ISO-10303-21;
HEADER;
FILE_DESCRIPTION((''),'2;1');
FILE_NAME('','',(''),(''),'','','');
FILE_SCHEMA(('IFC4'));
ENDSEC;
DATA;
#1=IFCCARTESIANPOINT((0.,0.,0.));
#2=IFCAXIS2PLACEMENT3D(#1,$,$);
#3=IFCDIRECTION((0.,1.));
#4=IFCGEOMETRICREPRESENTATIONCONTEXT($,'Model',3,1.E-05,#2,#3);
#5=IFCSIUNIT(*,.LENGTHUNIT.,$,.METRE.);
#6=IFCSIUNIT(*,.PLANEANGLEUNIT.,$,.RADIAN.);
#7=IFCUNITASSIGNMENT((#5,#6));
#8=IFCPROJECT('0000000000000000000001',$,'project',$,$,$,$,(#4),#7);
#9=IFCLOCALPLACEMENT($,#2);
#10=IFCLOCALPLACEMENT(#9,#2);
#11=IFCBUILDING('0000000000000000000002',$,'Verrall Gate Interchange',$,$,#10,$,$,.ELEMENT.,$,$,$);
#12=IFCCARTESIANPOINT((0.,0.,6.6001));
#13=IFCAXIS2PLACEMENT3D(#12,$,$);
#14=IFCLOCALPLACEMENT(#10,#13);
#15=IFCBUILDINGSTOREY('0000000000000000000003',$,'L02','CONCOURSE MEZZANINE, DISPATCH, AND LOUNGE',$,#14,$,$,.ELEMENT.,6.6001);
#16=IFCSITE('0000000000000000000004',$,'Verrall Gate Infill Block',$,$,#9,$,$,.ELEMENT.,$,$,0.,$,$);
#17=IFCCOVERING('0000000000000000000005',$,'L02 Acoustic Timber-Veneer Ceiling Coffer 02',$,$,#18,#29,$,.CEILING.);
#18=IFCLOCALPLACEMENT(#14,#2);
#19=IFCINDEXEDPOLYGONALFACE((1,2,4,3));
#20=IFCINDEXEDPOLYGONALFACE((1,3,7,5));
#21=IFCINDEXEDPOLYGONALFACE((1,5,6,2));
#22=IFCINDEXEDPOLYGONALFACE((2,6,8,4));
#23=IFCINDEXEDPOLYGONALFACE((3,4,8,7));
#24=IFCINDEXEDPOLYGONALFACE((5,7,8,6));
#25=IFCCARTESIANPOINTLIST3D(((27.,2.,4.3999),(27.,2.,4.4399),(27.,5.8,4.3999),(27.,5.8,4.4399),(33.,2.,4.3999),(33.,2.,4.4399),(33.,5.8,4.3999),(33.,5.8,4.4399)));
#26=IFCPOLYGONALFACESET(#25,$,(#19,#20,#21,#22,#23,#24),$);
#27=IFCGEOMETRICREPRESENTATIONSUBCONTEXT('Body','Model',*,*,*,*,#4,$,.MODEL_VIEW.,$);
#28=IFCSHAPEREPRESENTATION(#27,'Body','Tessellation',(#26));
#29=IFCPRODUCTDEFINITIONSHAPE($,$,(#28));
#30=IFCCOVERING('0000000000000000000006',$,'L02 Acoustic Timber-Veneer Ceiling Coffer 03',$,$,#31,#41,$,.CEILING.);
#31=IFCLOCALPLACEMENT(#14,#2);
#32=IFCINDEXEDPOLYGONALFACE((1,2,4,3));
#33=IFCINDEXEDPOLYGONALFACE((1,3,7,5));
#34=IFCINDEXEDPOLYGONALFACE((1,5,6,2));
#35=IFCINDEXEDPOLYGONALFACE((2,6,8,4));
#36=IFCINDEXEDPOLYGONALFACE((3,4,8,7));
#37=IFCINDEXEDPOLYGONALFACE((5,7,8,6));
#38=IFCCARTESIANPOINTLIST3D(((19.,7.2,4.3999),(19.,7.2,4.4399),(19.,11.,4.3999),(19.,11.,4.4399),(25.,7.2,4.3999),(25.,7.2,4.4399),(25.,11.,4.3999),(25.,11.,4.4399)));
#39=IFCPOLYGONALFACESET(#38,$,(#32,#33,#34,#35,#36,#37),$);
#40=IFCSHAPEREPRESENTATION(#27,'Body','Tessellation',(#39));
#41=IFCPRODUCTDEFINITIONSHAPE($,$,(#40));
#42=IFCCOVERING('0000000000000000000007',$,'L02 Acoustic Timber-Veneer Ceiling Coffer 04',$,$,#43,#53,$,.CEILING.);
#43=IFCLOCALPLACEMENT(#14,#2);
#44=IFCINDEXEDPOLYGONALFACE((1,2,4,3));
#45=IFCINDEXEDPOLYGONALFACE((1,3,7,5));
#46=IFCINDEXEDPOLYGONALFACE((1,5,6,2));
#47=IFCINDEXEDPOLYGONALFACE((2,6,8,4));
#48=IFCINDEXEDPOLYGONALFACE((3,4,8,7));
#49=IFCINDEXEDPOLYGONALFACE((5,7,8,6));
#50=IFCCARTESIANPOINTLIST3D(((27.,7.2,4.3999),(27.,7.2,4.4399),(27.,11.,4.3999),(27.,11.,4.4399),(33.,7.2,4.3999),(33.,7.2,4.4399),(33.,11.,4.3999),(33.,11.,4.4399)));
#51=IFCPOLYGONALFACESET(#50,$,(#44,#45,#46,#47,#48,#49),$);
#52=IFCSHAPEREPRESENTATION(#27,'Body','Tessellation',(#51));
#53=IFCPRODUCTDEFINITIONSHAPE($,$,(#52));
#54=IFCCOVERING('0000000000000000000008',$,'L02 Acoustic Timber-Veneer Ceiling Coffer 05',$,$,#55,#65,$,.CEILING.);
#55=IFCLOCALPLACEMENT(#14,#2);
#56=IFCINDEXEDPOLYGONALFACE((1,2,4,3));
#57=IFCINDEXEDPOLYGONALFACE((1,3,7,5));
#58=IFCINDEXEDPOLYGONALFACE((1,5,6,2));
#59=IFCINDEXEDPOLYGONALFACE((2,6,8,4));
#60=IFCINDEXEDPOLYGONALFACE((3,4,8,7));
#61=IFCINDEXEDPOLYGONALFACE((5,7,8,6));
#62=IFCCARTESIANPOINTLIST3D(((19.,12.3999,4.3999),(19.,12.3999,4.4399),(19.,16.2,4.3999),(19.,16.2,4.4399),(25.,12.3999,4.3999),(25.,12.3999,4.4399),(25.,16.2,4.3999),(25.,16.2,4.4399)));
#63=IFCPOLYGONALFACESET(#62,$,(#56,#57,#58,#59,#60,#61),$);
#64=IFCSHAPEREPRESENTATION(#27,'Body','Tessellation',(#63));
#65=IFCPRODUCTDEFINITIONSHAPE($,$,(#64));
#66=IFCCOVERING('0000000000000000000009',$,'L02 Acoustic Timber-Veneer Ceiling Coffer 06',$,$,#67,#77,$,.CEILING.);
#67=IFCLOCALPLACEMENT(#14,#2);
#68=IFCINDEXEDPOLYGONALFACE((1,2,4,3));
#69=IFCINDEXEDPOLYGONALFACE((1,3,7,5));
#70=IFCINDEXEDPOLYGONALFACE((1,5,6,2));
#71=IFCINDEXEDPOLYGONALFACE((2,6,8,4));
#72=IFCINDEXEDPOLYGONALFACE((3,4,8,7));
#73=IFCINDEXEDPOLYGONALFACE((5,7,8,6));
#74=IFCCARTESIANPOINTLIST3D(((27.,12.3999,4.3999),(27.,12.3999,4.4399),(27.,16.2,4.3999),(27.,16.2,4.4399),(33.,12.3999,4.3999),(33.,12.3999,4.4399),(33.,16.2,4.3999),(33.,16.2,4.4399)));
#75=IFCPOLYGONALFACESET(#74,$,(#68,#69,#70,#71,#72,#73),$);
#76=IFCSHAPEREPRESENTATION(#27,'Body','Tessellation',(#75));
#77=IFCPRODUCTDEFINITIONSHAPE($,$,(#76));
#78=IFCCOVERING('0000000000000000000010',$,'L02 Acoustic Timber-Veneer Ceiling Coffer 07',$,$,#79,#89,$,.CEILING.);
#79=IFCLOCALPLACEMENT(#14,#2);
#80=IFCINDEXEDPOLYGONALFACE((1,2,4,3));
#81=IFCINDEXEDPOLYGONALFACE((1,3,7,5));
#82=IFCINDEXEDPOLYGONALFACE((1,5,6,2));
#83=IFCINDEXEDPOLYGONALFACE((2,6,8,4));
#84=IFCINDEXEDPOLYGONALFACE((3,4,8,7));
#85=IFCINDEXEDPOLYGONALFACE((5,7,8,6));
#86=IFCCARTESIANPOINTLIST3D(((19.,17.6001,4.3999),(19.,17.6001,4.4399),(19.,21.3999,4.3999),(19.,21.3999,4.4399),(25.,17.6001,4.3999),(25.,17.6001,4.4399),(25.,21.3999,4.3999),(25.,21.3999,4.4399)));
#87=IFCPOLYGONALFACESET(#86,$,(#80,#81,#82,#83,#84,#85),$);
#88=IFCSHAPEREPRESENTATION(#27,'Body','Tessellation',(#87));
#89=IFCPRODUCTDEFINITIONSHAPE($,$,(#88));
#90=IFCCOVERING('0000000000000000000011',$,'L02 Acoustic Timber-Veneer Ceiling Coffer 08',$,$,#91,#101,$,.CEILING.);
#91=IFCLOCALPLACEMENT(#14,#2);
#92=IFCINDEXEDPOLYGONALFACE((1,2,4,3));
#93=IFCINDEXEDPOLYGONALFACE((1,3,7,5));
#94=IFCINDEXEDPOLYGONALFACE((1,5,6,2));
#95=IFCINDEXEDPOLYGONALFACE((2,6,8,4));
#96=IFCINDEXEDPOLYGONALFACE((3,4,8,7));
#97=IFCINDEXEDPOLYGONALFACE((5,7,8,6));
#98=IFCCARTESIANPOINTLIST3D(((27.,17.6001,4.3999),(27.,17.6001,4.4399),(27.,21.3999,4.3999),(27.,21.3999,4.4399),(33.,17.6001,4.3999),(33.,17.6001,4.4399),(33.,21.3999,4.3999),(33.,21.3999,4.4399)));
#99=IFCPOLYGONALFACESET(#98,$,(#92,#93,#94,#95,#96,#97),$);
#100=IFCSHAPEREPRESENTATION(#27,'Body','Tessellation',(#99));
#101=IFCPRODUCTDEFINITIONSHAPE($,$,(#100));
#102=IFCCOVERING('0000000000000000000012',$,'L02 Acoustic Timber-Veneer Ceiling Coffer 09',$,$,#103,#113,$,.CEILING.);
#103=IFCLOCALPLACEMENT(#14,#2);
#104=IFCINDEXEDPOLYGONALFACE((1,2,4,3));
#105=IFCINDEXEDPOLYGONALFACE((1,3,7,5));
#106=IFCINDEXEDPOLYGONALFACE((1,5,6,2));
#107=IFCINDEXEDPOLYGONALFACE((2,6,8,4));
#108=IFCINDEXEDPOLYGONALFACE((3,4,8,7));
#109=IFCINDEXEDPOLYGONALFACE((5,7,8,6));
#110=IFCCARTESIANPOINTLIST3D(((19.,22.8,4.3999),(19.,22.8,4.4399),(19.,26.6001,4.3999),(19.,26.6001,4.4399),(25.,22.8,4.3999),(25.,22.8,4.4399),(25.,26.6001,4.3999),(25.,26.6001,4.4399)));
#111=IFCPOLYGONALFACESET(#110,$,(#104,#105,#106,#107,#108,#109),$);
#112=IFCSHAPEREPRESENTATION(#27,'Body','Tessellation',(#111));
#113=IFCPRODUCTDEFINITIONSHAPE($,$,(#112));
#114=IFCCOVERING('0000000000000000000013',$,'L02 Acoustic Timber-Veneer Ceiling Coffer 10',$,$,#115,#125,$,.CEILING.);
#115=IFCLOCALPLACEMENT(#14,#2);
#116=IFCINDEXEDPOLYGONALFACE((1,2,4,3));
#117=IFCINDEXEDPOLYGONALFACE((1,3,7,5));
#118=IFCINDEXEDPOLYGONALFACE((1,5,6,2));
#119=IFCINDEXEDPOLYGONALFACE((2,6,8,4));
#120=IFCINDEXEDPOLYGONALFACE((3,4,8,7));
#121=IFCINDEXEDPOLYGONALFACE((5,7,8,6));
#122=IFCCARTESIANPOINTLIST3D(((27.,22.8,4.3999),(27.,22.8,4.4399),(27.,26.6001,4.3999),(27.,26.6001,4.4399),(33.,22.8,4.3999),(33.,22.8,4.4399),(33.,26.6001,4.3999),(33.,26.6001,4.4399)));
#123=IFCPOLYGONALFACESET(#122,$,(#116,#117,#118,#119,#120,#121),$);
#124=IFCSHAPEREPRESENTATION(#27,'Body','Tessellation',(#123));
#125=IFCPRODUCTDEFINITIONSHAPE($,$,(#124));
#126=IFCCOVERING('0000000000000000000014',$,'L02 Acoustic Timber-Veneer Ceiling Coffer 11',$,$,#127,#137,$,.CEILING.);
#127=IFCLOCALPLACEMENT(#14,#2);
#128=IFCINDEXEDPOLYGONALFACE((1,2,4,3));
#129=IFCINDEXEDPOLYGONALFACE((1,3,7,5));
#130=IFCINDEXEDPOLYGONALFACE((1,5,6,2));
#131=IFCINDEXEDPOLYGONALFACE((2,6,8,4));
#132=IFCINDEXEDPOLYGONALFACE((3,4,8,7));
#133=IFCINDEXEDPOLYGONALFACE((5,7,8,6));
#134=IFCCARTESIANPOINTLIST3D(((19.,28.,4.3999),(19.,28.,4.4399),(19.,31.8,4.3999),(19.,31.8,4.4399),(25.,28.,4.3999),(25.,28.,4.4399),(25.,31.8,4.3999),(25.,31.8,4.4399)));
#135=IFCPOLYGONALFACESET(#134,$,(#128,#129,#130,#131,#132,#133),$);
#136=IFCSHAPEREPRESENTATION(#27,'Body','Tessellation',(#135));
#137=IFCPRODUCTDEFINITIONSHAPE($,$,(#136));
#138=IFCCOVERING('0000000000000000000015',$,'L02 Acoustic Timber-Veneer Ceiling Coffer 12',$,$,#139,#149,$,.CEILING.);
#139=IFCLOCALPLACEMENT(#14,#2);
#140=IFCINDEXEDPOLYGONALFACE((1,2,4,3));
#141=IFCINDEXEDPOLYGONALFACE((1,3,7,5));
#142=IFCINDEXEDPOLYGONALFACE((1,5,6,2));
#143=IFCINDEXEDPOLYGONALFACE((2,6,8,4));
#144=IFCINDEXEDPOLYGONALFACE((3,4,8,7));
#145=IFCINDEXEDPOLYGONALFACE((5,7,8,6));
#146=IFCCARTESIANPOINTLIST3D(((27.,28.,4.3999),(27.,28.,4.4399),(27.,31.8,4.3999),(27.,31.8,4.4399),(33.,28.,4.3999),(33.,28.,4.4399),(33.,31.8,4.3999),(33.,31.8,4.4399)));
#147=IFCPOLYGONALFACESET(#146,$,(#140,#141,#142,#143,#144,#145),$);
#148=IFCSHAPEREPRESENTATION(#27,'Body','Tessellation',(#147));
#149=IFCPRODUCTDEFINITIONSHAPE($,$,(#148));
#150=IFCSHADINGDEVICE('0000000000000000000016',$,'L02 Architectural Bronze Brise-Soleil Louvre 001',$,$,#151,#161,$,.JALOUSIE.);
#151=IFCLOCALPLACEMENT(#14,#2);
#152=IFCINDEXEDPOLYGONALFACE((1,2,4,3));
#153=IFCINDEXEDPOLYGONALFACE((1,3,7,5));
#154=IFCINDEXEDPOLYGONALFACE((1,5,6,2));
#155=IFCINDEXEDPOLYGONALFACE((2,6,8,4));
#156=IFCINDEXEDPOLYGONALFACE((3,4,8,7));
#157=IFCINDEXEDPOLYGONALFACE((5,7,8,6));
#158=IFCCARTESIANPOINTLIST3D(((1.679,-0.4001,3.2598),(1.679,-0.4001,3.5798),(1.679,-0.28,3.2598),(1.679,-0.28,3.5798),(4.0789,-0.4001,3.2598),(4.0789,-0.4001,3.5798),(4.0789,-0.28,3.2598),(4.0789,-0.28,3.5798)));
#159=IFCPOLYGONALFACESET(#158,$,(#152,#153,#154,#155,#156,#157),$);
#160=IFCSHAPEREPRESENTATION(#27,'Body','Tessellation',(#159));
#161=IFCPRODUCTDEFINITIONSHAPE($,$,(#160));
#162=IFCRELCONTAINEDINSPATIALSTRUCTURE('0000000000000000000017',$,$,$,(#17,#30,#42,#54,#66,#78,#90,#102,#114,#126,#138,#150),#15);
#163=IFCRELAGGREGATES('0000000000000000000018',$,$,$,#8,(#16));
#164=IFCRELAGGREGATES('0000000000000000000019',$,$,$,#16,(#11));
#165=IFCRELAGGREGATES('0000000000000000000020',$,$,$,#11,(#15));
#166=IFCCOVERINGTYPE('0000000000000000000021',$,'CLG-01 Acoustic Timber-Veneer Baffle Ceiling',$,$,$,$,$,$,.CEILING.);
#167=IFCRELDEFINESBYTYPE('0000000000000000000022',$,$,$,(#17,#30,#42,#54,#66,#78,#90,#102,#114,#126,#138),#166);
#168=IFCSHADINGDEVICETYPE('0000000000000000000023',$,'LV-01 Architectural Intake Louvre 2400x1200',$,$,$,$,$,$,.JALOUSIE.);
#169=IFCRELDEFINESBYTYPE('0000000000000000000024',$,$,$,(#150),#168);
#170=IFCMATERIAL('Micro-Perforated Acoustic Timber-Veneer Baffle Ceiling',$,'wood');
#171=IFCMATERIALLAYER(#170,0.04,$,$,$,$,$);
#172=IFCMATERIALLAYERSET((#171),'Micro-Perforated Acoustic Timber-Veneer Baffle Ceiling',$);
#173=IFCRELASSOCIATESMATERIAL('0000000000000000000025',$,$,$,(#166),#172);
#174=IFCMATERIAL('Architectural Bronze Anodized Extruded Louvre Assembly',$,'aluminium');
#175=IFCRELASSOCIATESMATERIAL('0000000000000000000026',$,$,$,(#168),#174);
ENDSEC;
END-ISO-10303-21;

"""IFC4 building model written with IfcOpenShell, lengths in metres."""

from ifc_helpers import new_model, si_unit, direction, frame, origin, origin_2d, place, context, subcontext, project, spatial, polyline, rectangle, outline, extrude, material, layer, layer_set, type_object, element, save


model = new_model("IFC4")

# Units and contexts
model_context = context("Model", 3, precision=1e-05, world=origin(), true_north=direction((0.0, 1.0)))
body_context = subcontext(model_context, "Body", "Model", "MODEL_VIEW")
ifc_project = project(units=[si_unit("LENGTHUNIT", "METRE"), si_unit("PLANEANGLEUNIT", "RADIAN")], contexts=[model_context])

# Site, building, storey
site_placement = place(None, origin())
site = spatial("IfcSite", under=ifc_project, at=site_placement, Name="Verrall Gate Infill Block", CompositionType="ELEMENT", RefElevation=0.0)
building_placement = place(site_placement, origin())
building = spatial("IfcBuilding", under=site, at=building_placement, Name="Verrall Gate Interchange", CompositionType="ELEMENT")
storey_placement = place(building_placement, frame((0.0, 0.0, 6.6001)))
storey = spatial("IfcBuildingStorey", under=building, at=storey_placement, Name="L02", Description="CONCOURSE MEZZANINE, DISPATCH, AND LOUNGE", CompositionType="ELEMENT", Elevation=6.6001)

# Coverings
ifc_material_1 = material(Name="Micro-Perforated Acoustic Timber-Veneer Baffle Ceiling", Category="wood")
ifc_layer_1 = layer(ifc_material_1, 0.04)
ifc_layer_set_1 = layer_set([ifc_layer_1], Name="Micro-Perforated Acoustic Timber-Veneer Baffle Ceiling")
covering_type = type_object("IfcCoveringType", Name="CLG-01 Acoustic Timber-Veneer Baffle Ceiling", PredefinedType="CEILING", material=ifc_layer_set_1)
covering_1_placement = place(storey_placement, frame((0.0, 0.0, 4.3999)))
element("IfcCovering", 1, at=covering_1_placement, inside=storey, type_object=covering_type, Name="L02 Acoustic Timber-Veneer Ceiling Coffer 02", PredefinedType="CEILING", context=body_context, shape_type="SweptSolid", body=[
    extrude(outline(polyline([(27.0, 2.0), (33.0, 2.0), (33.0, 5.8), (27.0, 5.8), (27.0, 2.0)])), origin(), (0.0, 0.0, 1.0), 0.04),
])
covering_2_placement = place(storey_placement, frame((0.0, 0.0, 4.3999)))
element("IfcCovering", 2, at=covering_2_placement, inside=storey, type_object=covering_type, Name="L02 Acoustic Timber-Veneer Ceiling Coffer 03", PredefinedType="CEILING", context=body_context, shape_type="SweptSolid", body=[
    extrude(outline(polyline([(19.0, 7.2), (25.0, 7.2), (25.0, 11.0), (19.0, 11.0), (19.0, 7.2)])), origin(), (0.0, 0.0, 1.0), 0.04),
])
covering_3_placement = place(storey_placement, frame((0.0, 0.0, 4.3999)))
element("IfcCovering", 3, at=covering_3_placement, inside=storey, type_object=covering_type, Name="L02 Acoustic Timber-Veneer Ceiling Coffer 04", PredefinedType="CEILING", context=body_context, shape_type="SweptSolid", body=[
    extrude(outline(polyline([(27.0, 7.2), (33.0, 7.2), (33.0, 11.0), (27.0, 11.0), (27.0, 7.2)])), origin(), (0.0, 0.0, 1.0), 0.04),
])
covering_4_placement = place(storey_placement, frame((0.0, 0.0, 4.3999)))
element("IfcCovering", 4, at=covering_4_placement, inside=storey, type_object=covering_type, Name="L02 Acoustic Timber-Veneer Ceiling Coffer 05", PredefinedType="CEILING", context=body_context, shape_type="SweptSolid", body=[
    extrude(outline(polyline([(19.0, 12.3999), (25.0, 12.3999), (25.0, 16.2), (19.0, 16.2), (19.0, 12.3999)])), origin(), (0.0, 0.0, 1.0), 0.04),
])
covering_5_placement = place(storey_placement, frame((0.0, 0.0, 4.3999)))
element("IfcCovering", 5, at=covering_5_placement, inside=storey, type_object=covering_type, Name="L02 Acoustic Timber-Veneer Ceiling Coffer 06", PredefinedType="CEILING", context=body_context, shape_type="SweptSolid", body=[
    extrude(outline(polyline([(27.0, 12.3999), (33.0, 12.3999), (33.0, 16.2), (27.0, 16.2), (27.0, 12.3999)])), origin(), (0.0, 0.0, 1.0), 0.04),
])
covering_6_placement = place(storey_placement, frame((0.0, 0.0, 4.3999)))
element("IfcCovering", 6, at=covering_6_placement, inside=storey, type_object=covering_type, Name="L02 Acoustic Timber-Veneer Ceiling Coffer 07", PredefinedType="CEILING", context=body_context, shape_type="SweptSolid", body=[
    extrude(outline(polyline([(19.0, 17.6001), (25.0, 17.6001), (25.0, 21.3999), (19.0, 21.3999), (19.0, 17.6001)])), origin(), (0.0, 0.0, 1.0), 0.04),
])
covering_7_placement = place(storey_placement, frame((0.0, 0.0, 4.3999)))
element("IfcCovering", 7, at=covering_7_placement, inside=storey, type_object=covering_type, Name="L02 Acoustic Timber-Veneer Ceiling Coffer 08", PredefinedType="CEILING", context=body_context, shape_type="SweptSolid", body=[
    extrude(outline(polyline([(27.0, 17.6001), (33.0, 17.6001), (33.0, 21.3999), (27.0, 21.3999), (27.0, 17.6001)])), origin(), (0.0, 0.0, 1.0), 0.04),
])
covering_8_placement = place(storey_placement, frame((0.0, 0.0, 4.3999)))
element("IfcCovering", 8, at=covering_8_placement, inside=storey, type_object=covering_type, Name="L02 Acoustic Timber-Veneer Ceiling Coffer 09", PredefinedType="CEILING", context=body_context, shape_type="SweptSolid", body=[
    extrude(outline(polyline([(19.0, 22.8), (25.0, 22.8), (25.0, 26.6001), (19.0, 26.6001), (19.0, 22.8)])), origin(), (0.0, 0.0, 1.0), 0.04),
])
covering_9_placement = place(storey_placement, frame((0.0, 0.0, 4.3999)))
element("IfcCovering", 9, at=covering_9_placement, inside=storey, type_object=covering_type, Name="L02 Acoustic Timber-Veneer Ceiling Coffer 10", PredefinedType="CEILING", context=body_context, shape_type="SweptSolid", body=[
    extrude(outline(polyline([(27.0, 22.8), (33.0, 22.8), (33.0, 26.6001), (27.0, 26.6001), (27.0, 22.8)])), origin(), (0.0, 0.0, 1.0), 0.04),
])
covering_10_placement = place(storey_placement, frame((0.0, 0.0, 4.3999)))
element("IfcCovering", 10, at=covering_10_placement, inside=storey, type_object=covering_type, Name="L02 Acoustic Timber-Veneer Ceiling Coffer 11", PredefinedType="CEILING", context=body_context, shape_type="SweptSolid", body=[
    extrude(outline(polyline([(19.0, 28.0), (25.0, 28.0), (25.0, 31.8), (19.0, 31.8), (19.0, 28.0)])), origin(), (0.0, 0.0, 1.0), 0.04),
])
covering_11_placement = place(storey_placement, frame((0.0, 0.0, 4.3999)))
element("IfcCovering", 11, at=covering_11_placement, inside=storey, type_object=covering_type, Name="L02 Acoustic Timber-Veneer Ceiling Coffer 12", PredefinedType="CEILING", context=body_context, shape_type="SweptSolid", body=[
    extrude(outline(polyline([(27.0, 28.0), (33.0, 28.0), (33.0, 31.8), (27.0, 31.8), (27.0, 28.0)])), origin(), (0.0, 0.0, 1.0), 0.04),
])

# Shading device
ifc_material_2 = material(Name="Architectural Bronze Anodized Extruded Louvre Assembly", Category="aluminium")
shading_device_type = type_object("IfcShadingDeviceType", Name="LV-01 Architectural Intake Louvre 2400x1200", PredefinedType="JALOUSIE", material=ifc_material_2)
shading_device_placement = place(storey_placement, frame((2.8789, -0.3401, 3.2598), z_axis=(0.0, 0.0, 1.0), x_axis=(1.0, 0.0, 0.0)))
element("IfcShadingDevice", 12, at=shading_device_placement, inside=storey, type_object=shading_device_type, Name="L02 Architectural Bronze Brise-Soleil Louvre 001", PredefinedType="JALOUSIE", context=body_context, shape_type="SweptSolid", body=[
    extrude(rectangle(XDim=2.3999, YDim=0.1201, at=origin_2d()), origin(), (0.0, 0.0, 1.0), 0.3201),
])

save(model, "model.ifc")
